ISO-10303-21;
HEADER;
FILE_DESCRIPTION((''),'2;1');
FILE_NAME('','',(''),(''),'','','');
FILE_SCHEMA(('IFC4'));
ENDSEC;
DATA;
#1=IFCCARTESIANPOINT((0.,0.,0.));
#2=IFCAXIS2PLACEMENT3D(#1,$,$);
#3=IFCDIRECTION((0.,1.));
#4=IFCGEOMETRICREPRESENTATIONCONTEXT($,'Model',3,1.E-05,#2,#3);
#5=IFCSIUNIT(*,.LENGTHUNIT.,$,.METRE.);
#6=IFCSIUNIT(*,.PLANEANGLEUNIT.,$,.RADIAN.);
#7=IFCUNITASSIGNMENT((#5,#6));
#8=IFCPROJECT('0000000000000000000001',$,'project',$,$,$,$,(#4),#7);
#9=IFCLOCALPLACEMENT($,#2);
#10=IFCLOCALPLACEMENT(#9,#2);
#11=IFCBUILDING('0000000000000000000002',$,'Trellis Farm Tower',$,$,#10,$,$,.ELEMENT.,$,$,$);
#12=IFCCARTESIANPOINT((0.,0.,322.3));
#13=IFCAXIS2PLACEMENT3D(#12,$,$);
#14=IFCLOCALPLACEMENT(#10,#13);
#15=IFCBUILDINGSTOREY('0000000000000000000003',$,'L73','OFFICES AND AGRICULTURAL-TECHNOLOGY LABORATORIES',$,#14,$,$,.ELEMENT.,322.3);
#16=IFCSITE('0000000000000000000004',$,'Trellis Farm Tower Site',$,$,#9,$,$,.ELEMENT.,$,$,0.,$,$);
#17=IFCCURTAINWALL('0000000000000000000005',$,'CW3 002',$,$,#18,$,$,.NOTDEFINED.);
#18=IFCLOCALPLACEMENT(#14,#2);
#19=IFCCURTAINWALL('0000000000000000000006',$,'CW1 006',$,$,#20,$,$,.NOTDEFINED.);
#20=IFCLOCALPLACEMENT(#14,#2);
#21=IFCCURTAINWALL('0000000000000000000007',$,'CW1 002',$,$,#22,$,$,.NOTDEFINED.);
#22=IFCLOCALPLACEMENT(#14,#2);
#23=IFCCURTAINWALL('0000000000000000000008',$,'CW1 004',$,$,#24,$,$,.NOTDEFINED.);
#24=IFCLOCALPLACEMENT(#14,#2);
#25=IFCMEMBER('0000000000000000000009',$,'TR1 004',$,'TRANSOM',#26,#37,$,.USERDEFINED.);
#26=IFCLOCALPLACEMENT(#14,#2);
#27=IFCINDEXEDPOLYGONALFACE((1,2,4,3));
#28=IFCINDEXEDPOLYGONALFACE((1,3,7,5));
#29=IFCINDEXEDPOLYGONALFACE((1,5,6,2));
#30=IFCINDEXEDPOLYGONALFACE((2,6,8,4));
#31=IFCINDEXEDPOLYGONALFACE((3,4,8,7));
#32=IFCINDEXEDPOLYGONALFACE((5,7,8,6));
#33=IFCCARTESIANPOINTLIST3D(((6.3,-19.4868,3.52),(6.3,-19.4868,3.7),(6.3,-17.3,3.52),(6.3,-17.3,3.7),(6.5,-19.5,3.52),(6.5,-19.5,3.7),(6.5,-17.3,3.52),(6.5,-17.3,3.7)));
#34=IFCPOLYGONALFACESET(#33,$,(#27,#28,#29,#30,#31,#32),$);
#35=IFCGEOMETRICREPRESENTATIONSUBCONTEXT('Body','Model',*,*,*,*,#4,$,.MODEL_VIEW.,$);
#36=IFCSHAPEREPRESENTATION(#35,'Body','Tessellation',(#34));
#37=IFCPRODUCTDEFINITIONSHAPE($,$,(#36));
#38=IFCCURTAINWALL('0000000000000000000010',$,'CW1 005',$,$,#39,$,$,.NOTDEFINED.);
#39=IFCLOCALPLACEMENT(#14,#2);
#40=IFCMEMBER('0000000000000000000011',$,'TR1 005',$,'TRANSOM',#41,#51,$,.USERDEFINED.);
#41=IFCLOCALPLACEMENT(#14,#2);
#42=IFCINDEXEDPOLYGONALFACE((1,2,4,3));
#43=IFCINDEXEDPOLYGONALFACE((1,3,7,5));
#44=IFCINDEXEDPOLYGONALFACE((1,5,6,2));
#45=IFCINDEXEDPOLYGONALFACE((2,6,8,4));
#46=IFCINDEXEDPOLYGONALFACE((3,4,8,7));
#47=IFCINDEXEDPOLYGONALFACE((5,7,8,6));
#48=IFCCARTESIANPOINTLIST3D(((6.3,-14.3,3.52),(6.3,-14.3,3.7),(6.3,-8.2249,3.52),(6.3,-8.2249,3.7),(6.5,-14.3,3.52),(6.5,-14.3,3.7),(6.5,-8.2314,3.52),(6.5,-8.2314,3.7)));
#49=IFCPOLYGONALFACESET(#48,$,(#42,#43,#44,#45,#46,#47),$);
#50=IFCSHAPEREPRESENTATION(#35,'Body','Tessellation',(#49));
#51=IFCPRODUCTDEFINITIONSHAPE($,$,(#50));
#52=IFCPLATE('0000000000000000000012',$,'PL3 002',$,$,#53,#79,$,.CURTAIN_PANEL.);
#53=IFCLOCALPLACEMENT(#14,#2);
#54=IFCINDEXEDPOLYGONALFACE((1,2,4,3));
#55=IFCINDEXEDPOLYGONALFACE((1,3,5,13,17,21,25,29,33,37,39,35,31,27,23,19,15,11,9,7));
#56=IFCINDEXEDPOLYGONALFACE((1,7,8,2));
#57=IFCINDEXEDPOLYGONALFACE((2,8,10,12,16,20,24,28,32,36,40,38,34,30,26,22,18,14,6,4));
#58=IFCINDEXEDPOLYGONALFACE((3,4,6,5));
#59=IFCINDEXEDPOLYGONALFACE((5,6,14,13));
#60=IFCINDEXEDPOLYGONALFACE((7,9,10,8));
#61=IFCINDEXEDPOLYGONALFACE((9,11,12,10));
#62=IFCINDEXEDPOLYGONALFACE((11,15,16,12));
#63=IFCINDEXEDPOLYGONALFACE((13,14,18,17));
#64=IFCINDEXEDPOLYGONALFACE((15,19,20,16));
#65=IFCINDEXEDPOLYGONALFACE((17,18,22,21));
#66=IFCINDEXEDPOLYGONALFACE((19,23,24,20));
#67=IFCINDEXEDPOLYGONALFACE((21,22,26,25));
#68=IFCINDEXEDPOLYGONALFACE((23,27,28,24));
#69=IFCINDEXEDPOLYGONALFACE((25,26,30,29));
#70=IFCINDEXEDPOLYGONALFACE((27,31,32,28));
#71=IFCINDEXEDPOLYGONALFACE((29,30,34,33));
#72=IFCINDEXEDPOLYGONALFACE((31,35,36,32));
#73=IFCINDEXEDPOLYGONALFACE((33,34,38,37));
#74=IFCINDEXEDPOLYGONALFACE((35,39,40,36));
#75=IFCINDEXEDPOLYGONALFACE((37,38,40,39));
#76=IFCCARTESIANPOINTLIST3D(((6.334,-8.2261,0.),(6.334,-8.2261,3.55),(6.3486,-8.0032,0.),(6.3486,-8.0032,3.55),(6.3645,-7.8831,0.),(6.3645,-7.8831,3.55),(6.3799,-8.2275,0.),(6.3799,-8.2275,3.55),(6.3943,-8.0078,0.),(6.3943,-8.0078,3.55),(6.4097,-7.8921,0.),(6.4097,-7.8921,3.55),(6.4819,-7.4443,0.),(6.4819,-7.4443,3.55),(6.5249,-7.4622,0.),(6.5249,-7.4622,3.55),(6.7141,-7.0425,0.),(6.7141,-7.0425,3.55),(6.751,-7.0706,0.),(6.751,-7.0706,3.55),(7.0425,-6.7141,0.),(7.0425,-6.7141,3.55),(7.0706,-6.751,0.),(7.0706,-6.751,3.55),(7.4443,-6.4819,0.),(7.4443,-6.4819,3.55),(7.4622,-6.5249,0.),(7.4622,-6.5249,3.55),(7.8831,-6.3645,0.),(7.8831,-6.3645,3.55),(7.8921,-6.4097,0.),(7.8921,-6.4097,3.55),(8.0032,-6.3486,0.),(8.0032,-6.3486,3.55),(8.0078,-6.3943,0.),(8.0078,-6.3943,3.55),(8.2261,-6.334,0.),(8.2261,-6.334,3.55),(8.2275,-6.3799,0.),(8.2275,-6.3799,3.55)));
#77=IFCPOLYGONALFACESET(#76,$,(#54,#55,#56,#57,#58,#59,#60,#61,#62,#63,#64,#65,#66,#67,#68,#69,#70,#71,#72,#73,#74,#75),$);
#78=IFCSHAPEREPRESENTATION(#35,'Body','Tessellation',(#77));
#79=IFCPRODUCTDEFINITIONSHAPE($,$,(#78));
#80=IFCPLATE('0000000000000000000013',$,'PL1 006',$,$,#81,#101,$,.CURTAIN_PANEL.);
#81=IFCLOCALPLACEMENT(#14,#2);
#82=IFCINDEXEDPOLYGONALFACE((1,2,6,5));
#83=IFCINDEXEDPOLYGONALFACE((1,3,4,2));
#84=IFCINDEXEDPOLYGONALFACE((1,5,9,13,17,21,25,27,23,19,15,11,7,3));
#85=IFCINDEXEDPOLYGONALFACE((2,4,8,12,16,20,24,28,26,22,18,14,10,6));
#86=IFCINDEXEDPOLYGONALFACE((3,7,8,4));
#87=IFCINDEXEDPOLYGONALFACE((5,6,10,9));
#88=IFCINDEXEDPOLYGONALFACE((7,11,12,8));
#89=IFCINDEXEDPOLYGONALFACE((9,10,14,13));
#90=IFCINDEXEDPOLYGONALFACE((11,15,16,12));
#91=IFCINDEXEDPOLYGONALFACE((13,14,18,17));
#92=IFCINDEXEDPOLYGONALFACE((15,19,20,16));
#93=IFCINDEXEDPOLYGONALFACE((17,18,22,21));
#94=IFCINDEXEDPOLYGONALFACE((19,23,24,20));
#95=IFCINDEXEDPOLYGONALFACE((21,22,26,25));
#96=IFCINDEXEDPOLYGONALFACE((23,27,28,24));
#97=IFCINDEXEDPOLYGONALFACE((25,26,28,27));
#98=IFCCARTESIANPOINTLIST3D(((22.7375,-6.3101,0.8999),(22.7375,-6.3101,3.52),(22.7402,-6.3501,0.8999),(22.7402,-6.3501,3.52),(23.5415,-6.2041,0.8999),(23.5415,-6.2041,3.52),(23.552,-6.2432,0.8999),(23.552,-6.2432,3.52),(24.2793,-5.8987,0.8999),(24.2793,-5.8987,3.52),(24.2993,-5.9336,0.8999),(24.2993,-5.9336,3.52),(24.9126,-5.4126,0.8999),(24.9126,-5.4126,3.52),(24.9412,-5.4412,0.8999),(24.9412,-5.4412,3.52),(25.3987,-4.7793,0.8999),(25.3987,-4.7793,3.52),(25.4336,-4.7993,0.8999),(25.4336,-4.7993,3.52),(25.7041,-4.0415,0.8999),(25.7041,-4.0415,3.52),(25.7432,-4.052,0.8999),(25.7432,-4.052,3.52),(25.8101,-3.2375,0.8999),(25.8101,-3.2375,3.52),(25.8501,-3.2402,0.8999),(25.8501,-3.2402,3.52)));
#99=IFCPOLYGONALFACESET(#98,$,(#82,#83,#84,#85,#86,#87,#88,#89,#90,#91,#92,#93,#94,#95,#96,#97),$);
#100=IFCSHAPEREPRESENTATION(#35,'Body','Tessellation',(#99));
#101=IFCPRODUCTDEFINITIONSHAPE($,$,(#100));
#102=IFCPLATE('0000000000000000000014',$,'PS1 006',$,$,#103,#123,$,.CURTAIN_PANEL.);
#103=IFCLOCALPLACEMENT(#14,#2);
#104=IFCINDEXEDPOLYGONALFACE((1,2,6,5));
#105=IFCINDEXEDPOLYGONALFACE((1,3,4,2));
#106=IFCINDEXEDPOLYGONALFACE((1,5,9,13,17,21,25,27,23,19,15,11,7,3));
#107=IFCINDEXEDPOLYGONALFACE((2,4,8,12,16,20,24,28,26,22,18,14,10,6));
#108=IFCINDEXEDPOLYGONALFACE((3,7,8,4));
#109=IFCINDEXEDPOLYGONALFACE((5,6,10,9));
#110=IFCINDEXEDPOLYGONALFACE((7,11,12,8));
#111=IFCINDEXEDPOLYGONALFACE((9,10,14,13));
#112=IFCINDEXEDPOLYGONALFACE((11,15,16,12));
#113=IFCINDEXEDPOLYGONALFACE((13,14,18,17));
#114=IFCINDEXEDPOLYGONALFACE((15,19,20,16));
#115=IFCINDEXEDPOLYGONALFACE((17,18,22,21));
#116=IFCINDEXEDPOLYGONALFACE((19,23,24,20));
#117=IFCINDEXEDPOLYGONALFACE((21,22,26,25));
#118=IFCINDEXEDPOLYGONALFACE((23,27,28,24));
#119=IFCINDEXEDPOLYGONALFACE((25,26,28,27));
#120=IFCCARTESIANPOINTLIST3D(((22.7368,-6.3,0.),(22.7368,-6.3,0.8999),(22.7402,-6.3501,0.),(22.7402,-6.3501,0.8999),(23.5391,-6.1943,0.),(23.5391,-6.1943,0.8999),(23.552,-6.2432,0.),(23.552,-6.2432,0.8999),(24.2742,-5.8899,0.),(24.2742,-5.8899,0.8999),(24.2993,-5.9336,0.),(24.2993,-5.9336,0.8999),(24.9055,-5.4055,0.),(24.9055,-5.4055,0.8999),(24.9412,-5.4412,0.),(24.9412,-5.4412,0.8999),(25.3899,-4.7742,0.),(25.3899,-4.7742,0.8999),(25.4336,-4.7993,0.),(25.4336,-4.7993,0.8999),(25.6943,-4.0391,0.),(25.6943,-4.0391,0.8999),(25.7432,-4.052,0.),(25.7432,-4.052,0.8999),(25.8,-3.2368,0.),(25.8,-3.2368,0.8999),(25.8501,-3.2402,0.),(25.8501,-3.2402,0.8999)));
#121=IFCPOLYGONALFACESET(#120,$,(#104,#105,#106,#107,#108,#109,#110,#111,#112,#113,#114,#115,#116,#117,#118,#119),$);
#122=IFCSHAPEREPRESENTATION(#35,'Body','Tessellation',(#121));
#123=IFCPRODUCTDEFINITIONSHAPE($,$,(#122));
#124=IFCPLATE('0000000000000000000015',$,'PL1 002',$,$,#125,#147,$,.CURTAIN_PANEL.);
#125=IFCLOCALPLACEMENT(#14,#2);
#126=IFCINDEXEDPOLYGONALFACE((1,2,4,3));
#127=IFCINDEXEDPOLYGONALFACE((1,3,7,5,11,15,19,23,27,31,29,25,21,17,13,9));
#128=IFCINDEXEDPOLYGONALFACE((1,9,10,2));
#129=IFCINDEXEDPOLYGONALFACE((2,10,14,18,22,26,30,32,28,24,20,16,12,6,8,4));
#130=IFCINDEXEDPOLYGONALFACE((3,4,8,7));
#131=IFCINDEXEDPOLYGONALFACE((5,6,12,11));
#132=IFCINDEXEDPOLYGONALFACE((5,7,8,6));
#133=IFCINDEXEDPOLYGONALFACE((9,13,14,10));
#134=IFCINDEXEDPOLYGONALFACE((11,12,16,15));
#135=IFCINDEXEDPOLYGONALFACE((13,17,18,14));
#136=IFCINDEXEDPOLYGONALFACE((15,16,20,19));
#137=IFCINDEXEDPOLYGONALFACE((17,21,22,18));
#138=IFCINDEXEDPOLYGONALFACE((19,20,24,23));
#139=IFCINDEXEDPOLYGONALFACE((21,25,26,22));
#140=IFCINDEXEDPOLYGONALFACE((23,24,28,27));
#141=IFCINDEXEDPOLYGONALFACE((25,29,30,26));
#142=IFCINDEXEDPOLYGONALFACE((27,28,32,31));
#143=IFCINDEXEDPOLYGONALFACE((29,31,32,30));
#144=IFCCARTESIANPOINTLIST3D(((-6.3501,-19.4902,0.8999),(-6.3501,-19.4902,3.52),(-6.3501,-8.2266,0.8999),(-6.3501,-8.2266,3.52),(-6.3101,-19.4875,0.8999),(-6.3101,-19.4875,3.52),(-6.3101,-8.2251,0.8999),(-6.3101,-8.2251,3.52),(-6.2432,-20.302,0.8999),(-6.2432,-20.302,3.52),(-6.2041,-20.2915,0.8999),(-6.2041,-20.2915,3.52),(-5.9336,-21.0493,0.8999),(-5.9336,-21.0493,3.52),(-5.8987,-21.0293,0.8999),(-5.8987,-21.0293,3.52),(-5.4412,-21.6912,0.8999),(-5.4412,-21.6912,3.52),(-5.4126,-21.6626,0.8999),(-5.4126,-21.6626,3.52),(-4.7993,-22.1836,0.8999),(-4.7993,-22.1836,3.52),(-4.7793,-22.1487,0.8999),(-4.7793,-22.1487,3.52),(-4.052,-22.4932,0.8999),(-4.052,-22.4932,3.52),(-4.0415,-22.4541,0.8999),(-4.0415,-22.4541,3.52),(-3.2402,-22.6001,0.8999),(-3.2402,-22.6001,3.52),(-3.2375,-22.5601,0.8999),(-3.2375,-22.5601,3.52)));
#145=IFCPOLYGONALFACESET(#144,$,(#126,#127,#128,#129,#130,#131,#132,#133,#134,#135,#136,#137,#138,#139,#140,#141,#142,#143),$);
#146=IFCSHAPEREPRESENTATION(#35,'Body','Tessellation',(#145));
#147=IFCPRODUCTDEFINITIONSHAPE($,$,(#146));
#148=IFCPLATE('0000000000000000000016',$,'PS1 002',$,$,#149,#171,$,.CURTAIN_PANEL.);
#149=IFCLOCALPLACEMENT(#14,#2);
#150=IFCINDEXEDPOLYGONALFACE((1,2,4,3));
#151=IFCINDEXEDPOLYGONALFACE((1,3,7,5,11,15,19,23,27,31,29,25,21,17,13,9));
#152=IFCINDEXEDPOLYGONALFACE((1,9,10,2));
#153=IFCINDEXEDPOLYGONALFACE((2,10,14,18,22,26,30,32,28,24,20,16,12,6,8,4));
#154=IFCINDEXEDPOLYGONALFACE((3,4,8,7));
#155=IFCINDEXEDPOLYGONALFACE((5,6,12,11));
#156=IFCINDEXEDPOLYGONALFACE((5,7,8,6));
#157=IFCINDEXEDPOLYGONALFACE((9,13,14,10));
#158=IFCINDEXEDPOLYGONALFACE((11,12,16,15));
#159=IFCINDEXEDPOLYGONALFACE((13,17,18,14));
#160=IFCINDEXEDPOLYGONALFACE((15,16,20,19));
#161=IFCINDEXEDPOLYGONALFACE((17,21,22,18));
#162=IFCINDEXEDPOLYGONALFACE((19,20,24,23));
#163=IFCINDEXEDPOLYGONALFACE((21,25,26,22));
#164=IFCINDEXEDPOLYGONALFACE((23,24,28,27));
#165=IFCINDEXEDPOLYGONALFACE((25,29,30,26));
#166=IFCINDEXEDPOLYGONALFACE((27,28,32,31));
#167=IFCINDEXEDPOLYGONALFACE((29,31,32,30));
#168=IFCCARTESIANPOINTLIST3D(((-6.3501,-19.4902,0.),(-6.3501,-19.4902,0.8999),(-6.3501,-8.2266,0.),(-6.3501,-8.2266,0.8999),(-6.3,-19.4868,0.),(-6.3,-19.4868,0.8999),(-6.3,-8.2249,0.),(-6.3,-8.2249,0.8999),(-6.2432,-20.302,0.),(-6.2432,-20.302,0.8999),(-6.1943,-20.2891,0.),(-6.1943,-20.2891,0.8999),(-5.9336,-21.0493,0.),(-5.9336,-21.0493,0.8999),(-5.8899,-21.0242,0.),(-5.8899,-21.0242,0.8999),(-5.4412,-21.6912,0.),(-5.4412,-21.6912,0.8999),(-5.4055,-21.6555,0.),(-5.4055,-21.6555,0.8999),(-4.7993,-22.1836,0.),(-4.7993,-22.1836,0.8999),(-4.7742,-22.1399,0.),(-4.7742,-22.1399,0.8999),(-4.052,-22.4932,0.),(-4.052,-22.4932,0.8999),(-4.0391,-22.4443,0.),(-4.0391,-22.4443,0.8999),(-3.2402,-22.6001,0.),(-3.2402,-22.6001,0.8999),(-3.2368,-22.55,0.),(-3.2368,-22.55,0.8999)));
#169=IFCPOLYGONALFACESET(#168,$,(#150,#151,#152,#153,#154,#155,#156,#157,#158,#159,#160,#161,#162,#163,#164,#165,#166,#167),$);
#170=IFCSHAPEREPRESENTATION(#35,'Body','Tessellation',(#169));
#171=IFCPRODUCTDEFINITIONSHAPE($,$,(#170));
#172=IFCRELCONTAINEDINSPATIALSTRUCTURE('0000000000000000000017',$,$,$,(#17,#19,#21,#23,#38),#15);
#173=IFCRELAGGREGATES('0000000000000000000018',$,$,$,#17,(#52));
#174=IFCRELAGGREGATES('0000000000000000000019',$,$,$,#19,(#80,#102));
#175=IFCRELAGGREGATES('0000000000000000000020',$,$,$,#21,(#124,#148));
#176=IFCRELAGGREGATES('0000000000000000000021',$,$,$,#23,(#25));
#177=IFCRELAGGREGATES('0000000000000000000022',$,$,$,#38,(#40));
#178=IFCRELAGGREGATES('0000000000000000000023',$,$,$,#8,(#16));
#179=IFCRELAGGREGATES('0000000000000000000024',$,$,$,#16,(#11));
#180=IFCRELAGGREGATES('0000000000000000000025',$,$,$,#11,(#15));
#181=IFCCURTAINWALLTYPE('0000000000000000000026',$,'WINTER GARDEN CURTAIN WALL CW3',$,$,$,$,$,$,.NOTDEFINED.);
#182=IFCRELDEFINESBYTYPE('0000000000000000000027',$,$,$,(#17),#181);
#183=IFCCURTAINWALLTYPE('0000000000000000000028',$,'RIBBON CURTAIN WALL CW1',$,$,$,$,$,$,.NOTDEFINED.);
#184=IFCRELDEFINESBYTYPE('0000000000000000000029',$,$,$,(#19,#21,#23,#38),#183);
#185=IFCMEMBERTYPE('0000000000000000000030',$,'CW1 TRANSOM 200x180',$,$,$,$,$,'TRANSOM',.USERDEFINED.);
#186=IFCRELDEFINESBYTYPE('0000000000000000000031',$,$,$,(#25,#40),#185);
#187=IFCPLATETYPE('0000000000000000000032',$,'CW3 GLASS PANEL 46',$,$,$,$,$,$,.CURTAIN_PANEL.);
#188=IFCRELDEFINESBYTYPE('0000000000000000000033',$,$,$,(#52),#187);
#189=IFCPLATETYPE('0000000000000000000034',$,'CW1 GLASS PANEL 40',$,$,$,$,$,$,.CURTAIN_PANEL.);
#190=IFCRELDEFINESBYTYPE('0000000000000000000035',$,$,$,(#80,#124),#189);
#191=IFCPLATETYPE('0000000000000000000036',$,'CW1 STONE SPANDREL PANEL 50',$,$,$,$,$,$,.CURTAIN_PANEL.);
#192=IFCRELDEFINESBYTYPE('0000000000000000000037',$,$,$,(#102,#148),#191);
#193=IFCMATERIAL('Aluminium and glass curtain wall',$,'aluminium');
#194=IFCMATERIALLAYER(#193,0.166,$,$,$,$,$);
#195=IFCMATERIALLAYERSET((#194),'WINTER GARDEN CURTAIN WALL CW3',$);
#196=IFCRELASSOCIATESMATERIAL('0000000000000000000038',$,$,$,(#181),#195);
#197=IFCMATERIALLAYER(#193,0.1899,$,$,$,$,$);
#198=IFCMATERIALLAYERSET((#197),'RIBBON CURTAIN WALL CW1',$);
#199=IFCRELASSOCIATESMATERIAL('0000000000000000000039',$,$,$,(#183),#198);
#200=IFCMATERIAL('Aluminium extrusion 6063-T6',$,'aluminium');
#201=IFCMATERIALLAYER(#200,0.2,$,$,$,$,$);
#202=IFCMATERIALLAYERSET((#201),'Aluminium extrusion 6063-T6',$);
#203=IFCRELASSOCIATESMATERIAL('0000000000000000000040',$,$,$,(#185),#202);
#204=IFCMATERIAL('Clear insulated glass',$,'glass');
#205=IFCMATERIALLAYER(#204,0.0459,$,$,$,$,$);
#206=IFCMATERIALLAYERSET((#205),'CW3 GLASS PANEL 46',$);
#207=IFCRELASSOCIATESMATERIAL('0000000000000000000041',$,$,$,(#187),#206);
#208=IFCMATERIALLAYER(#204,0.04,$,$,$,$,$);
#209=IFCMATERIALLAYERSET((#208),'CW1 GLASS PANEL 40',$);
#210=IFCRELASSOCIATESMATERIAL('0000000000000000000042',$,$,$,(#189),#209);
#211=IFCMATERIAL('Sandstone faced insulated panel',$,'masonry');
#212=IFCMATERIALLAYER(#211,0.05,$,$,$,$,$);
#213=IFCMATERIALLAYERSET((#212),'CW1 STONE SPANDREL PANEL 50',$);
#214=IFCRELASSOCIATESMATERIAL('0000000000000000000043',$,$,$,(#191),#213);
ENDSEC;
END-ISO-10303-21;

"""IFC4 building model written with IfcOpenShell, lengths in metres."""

from ifc_helpers import new_model, si_unit, direction, frame, origin, place, context, subcontext, project, spatial, polyline, outline, extrude, source, transform, mapped, material, layer, layer_set, type_object, element, aggregate, save


model = new_model("IFC4")

# Units and contexts
model_context = context("Model", 3, precision=1e-05, world=origin(), true_north=direction((0.0, 1.0)))
body_context = subcontext(model_context, "Body", "Model", "MODEL_VIEW")
ifc_project = project(units=[si_unit("LENGTHUNIT", "METRE"), si_unit("PLANEANGLEUNIT", "RADIAN")], contexts=[model_context])

# Site, building, storey
site_placement = place(None, origin())
site = spatial("IfcSite", under=ifc_project, at=site_placement, Name="Trellis Farm Tower Site", CompositionType="ELEMENT", RefElevation=0.0)
building_placement = place(site_placement, origin())
building = spatial("IfcBuilding", under=site, at=building_placement, Name="Trellis Farm Tower", CompositionType="ELEMENT")
storey_placement = place(building_placement, frame((0.0, 0.0, 322.3)))
storey = spatial("IfcBuildingStorey", under=building, at=storey_placement, Name="L73", Description="OFFICES AND AGRICULTURAL-TECHNOLOGY LABORATORIES", CompositionType="ELEMENT", Elevation=322.3)

# Curtain walls, members
ifc_material_1 = material(Name="Aluminium and glass curtain wall", Category="aluminium")
ifc_layer_1 = layer(ifc_material_1, 0.166)
ifc_layer_set_1 = layer_set([ifc_layer_1], Name="WINTER GARDEN CURTAIN WALL CW3")
curtain_wall_type_1 = type_object("IfcCurtainWallType", Name="WINTER GARDEN CURTAIN WALL CW3", PredefinedType="NOTDEFINED", material=ifc_layer_set_1)
placement_1 = place(storey_placement, origin())
ifc_material_2 = material(Name="Aluminium extrusion 6063-T6", Category="aluminium")
curtain_wall_1 = element("IfcCurtainWall", 1, at=placement_1, inside=storey, type_object=curtain_wall_type_1, Name="CW3 002", PredefinedType="NOTDEFINED")
ifc_layer_2 = layer(ifc_material_1, 0.1899)
ifc_layer_set_2 = layer_set([ifc_layer_2], Name="RIBBON CURTAIN WALL CW1")
curtain_wall_type_2 = type_object("IfcCurtainWallType", Name="RIBBON CURTAIN WALL CW1", PredefinedType="NOTDEFINED", material=ifc_layer_set_2)
curtain_wall_2 = element("IfcCurtainWall", 2, at=placement_1, inside=storey, type_object=curtain_wall_type_2, Name="CW1 006", PredefinedType="NOTDEFINED")
ifc_layer_3 = layer(ifc_material_2, 0.2)
ifc_layer_set_3 = layer_set([ifc_layer_3], Name="Aluminium extrusion 6063-T6")
member_type_1 = type_object("IfcMemberType", Name="CW1 TRANSOM 200x180", ElementType="TRANSOM", PredefinedType="USERDEFINED", material=ifc_layer_set_3)
placement_2 = place(storey_placement, frame((0.0, 0.0, 3.52)))
curtain_wall_3 = element("IfcCurtainWall", 3, at=placement_1, inside=storey, type_object=curtain_wall_type_2, Name="CW1 002", PredefinedType="NOTDEFINED")
curtain_wall_4 = element("IfcCurtainWall", 4, at=placement_1, inside=storey, type_object=curtain_wall_type_2, Name="CW1 004", PredefinedType="NOTDEFINED")
shared_shape_1 = source(origin(), body_context, "Body", "SweptSolid", [
    extrude(outline(polyline([(6.5, -19.5), (6.5, -17.3), (6.3, -17.3), (6.3, -19.4868), (6.5, -19.5)])), origin(), (0.0, 0.0, 1.0), 0.1799),
])
member_1 = element("IfcMember", 5, at=placement_2, type_object=member_type_1, Name="TR1 004", ObjectType="TRANSOM", PredefinedType="USERDEFINED", context=body_context, shape_type="MappedRepresentation", body=[
    mapped(shared_shape_1, transform((0.0, 0.0, 0.0))),
])
curtain_wall_5 = element("IfcCurtainWall", 6, at=placement_1, inside=storey, type_object=curtain_wall_type_2, Name="CW1 005", PredefinedType="NOTDEFINED")
shared_shape_2 = source(origin(), body_context, "Body", "SweptSolid", [
    extrude(outline(polyline([(6.5, -14.3), (6.5, -8.2314), (6.3, -8.2249), (6.3, -14.3), (6.5, -14.3)])), origin(), (0.0, 0.0, 1.0), 0.1799),
])
member_2 = element("IfcMember", 7, at=placement_2, type_object=member_type_1, Name="TR1 005", ObjectType="TRANSOM", PredefinedType="USERDEFINED", context=body_context, shape_type="MappedRepresentation", body=[
    mapped(shared_shape_2, transform((0.0, 0.0, 0.0))),
])

# Plates
ifc_material_3 = material(Name="Clear insulated glass", Category="glass")
ifc_layer_4 = layer(ifc_material_3, 0.0459)
ifc_layer_set_4 = layer_set([ifc_layer_4], Name="CW3 GLASS PANEL 46")
plate_type_1 = type_object("IfcPlateType", Name="CW3 GLASS PANEL 46", PredefinedType="CURTAIN_PANEL", material=ifc_layer_set_4)
shared_shape_3 = source(origin(), body_context, "Body", "SweptSolid", [
    extrude(outline(polyline([(6.3799, -8.2275), (6.3943, -8.0078), (6.4097, -7.8921), (6.5249, -7.4622), (6.751, -7.0706), (7.0706, -6.751), (7.4622, -6.5249), (7.8921, -6.4097), (8.0078, -6.3943), (8.2275, -6.3799), (8.2261, -6.334), (8.0032, -6.3486), (7.8831, -6.3645), (7.4443, -6.4819), (7.0425, -6.7141), (6.7141, -7.0425), (6.4819, -7.4443), (6.3645, -7.8831), (6.3486, -8.0032), (6.334, -8.2261), (6.3799, -8.2275)])), origin(), (0.0, 0.0, 1.0), 3.55),
])
plate_1 = element("IfcPlate", 8, at=placement_1, type_object=plate_type_1, Name="PL3 002", PredefinedType="CURTAIN_PANEL", context=body_context, shape_type="MappedRepresentation", body=[
    mapped(shared_shape_3, transform((0.0, 0.0, 0.0))),
])
aggregate(curtain_wall_1, [plate_1])
ifc_layer_5 = layer(ifc_material_3, 0.04)
ifc_layer_set_5 = layer_set([ifc_layer_5], Name="CW1 GLASS PANEL 40")
plate_type_2 = type_object("IfcPlateType", Name="CW1 GLASS PANEL 40", PredefinedType="CURTAIN_PANEL", material=ifc_layer_set_5)
shared_shape_4 = source(origin(), body_context, "Body", "SweptSolid", [
    extrude(outline(polyline([(22.7402, -6.3501), (23.552, -6.2432), (24.2993, -5.9336), (24.9412, -5.4412), (25.4336, -4.7993), (25.7432, -4.052), (25.8501, -3.2402), (25.8101, -3.2375), (25.7041, -4.0415), (25.3987, -4.7793), (24.9126, -5.4126), (24.2793, -5.8987), (23.5415, -6.2041), (22.7375, -6.3101), (22.7402, -6.3501)])), origin(), (0.0, 0.0, 1.0), 2.6201),
])
placement_3 = place(storey_placement, frame((0.0, 0.0, 0.8999)))
plate_2 = element("IfcPlate", 9, at=placement_3, type_object=plate_type_2, Name="PL1 006", PredefinedType="CURTAIN_PANEL", context=body_context, shape_type="MappedRepresentation", body=[
    mapped(shared_shape_4, transform((0.0, 0.0, 0.0))),
])
ifc_material_4 = material(Name="Sandstone faced insulated panel", Category="masonry")
ifc_layer_6 = layer(ifc_material_4, 0.05)
ifc_layer_set_6 = layer_set([ifc_layer_6], Name="CW1 STONE SPANDREL PANEL 50")
plate_type_3 = type_object("IfcPlateType", Name="CW1 STONE SPANDREL PANEL 50", PredefinedType="CURTAIN_PANEL", material=ifc_layer_set_6)
shared_shape_5 = source(origin(), body_context, "Body", "SweptSolid", [
    extrude(outline(polyline([(22.7402, -6.3501), (23.552, -6.2432), (24.2993, -5.9336), (24.9412, -5.4412), (25.4336, -4.7993), (25.7432, -4.052), (25.8501, -3.2402), (25.8, -3.2368), (25.6943, -4.0391), (25.3899, -4.7742), (24.9055, -5.4055), (24.2742, -5.8899), (23.5391, -6.1943), (22.7368, -6.3), (22.7402, -6.3501)])), origin(), (0.0, 0.0, 1.0), 0.8999),
])
plate_3 = element("IfcPlate", 10, at=placement_1, type_object=plate_type_3, Name="PS1 006", PredefinedType="CURTAIN_PANEL", context=body_context, shape_type="MappedRepresentation", body=[
    mapped(shared_shape_5, transform((0.0, 0.0, 0.0))),
])
aggregate(curtain_wall_2, [plate_2, plate_3])
shared_shape_6 = source(origin(), body_context, "Body", "SweptSolid", [
    extrude(outline(polyline([(-6.3501, -8.2266), (-6.3501, -19.4902), (-6.2432, -20.302), (-5.9336, -21.0493), (-5.4412, -21.6912), (-4.7993, -22.1836), (-4.052, -22.4932), (-3.2402, -22.6001), (-3.2375, -22.5601), (-4.0415, -22.4541), (-4.7793, -22.1487), (-5.4126, -21.6626), (-5.8987, -21.0293), (-6.2041, -20.2915), (-6.3101, -19.4875), (-6.3101, -8.2251), (-6.3501, -8.2266)])), origin(), (0.0, 0.0, 1.0), 2.6201),
])
plate_4 = element("IfcPlate", 11, at=placement_3, type_object=plate_type_2, Name="PL1 002", PredefinedType="CURTAIN_PANEL", context=body_context, shape_type="MappedRepresentation", body=[
    mapped(shared_shape_6, transform((0.0, 0.0, 0.0))),
])
shared_shape_7 = source(origin(), body_context, "Body", "SweptSolid", [
    extrude(outline(polyline([(-6.3501, -8.2266), (-6.3501, -19.4902), (-6.2432, -20.302), (-5.9336, -21.0493), (-5.4412, -21.6912), (-4.7993, -22.1836), (-4.052, -22.4932), (-3.2402, -22.6001), (-3.2368, -22.55), (-4.0391, -22.4443), (-4.7742, -22.1399), (-5.4055, -21.6555), (-5.8899, -21.0242), (-6.1943, -20.2891), (-6.3, -19.4868), (-6.3, -8.2249), (-6.3501, -8.2266)])), origin(), (0.0, 0.0, 1.0), 0.8999),
])
plate_5 = element("IfcPlate", 12, at=placement_1, type_object=plate_type_3, Name="PS1 002", PredefinedType="CURTAIN_PANEL", context=body_context, shape_type="MappedRepresentation", body=[
    mapped(shared_shape_7, transform((0.0, 0.0, 0.0))),
])
aggregate(curtain_wall_3, [plate_4, plate_5])
aggregate(curtain_wall_4, [member_1])
aggregate(curtain_wall_5, [member_2])

save(model, "model.ifc")
